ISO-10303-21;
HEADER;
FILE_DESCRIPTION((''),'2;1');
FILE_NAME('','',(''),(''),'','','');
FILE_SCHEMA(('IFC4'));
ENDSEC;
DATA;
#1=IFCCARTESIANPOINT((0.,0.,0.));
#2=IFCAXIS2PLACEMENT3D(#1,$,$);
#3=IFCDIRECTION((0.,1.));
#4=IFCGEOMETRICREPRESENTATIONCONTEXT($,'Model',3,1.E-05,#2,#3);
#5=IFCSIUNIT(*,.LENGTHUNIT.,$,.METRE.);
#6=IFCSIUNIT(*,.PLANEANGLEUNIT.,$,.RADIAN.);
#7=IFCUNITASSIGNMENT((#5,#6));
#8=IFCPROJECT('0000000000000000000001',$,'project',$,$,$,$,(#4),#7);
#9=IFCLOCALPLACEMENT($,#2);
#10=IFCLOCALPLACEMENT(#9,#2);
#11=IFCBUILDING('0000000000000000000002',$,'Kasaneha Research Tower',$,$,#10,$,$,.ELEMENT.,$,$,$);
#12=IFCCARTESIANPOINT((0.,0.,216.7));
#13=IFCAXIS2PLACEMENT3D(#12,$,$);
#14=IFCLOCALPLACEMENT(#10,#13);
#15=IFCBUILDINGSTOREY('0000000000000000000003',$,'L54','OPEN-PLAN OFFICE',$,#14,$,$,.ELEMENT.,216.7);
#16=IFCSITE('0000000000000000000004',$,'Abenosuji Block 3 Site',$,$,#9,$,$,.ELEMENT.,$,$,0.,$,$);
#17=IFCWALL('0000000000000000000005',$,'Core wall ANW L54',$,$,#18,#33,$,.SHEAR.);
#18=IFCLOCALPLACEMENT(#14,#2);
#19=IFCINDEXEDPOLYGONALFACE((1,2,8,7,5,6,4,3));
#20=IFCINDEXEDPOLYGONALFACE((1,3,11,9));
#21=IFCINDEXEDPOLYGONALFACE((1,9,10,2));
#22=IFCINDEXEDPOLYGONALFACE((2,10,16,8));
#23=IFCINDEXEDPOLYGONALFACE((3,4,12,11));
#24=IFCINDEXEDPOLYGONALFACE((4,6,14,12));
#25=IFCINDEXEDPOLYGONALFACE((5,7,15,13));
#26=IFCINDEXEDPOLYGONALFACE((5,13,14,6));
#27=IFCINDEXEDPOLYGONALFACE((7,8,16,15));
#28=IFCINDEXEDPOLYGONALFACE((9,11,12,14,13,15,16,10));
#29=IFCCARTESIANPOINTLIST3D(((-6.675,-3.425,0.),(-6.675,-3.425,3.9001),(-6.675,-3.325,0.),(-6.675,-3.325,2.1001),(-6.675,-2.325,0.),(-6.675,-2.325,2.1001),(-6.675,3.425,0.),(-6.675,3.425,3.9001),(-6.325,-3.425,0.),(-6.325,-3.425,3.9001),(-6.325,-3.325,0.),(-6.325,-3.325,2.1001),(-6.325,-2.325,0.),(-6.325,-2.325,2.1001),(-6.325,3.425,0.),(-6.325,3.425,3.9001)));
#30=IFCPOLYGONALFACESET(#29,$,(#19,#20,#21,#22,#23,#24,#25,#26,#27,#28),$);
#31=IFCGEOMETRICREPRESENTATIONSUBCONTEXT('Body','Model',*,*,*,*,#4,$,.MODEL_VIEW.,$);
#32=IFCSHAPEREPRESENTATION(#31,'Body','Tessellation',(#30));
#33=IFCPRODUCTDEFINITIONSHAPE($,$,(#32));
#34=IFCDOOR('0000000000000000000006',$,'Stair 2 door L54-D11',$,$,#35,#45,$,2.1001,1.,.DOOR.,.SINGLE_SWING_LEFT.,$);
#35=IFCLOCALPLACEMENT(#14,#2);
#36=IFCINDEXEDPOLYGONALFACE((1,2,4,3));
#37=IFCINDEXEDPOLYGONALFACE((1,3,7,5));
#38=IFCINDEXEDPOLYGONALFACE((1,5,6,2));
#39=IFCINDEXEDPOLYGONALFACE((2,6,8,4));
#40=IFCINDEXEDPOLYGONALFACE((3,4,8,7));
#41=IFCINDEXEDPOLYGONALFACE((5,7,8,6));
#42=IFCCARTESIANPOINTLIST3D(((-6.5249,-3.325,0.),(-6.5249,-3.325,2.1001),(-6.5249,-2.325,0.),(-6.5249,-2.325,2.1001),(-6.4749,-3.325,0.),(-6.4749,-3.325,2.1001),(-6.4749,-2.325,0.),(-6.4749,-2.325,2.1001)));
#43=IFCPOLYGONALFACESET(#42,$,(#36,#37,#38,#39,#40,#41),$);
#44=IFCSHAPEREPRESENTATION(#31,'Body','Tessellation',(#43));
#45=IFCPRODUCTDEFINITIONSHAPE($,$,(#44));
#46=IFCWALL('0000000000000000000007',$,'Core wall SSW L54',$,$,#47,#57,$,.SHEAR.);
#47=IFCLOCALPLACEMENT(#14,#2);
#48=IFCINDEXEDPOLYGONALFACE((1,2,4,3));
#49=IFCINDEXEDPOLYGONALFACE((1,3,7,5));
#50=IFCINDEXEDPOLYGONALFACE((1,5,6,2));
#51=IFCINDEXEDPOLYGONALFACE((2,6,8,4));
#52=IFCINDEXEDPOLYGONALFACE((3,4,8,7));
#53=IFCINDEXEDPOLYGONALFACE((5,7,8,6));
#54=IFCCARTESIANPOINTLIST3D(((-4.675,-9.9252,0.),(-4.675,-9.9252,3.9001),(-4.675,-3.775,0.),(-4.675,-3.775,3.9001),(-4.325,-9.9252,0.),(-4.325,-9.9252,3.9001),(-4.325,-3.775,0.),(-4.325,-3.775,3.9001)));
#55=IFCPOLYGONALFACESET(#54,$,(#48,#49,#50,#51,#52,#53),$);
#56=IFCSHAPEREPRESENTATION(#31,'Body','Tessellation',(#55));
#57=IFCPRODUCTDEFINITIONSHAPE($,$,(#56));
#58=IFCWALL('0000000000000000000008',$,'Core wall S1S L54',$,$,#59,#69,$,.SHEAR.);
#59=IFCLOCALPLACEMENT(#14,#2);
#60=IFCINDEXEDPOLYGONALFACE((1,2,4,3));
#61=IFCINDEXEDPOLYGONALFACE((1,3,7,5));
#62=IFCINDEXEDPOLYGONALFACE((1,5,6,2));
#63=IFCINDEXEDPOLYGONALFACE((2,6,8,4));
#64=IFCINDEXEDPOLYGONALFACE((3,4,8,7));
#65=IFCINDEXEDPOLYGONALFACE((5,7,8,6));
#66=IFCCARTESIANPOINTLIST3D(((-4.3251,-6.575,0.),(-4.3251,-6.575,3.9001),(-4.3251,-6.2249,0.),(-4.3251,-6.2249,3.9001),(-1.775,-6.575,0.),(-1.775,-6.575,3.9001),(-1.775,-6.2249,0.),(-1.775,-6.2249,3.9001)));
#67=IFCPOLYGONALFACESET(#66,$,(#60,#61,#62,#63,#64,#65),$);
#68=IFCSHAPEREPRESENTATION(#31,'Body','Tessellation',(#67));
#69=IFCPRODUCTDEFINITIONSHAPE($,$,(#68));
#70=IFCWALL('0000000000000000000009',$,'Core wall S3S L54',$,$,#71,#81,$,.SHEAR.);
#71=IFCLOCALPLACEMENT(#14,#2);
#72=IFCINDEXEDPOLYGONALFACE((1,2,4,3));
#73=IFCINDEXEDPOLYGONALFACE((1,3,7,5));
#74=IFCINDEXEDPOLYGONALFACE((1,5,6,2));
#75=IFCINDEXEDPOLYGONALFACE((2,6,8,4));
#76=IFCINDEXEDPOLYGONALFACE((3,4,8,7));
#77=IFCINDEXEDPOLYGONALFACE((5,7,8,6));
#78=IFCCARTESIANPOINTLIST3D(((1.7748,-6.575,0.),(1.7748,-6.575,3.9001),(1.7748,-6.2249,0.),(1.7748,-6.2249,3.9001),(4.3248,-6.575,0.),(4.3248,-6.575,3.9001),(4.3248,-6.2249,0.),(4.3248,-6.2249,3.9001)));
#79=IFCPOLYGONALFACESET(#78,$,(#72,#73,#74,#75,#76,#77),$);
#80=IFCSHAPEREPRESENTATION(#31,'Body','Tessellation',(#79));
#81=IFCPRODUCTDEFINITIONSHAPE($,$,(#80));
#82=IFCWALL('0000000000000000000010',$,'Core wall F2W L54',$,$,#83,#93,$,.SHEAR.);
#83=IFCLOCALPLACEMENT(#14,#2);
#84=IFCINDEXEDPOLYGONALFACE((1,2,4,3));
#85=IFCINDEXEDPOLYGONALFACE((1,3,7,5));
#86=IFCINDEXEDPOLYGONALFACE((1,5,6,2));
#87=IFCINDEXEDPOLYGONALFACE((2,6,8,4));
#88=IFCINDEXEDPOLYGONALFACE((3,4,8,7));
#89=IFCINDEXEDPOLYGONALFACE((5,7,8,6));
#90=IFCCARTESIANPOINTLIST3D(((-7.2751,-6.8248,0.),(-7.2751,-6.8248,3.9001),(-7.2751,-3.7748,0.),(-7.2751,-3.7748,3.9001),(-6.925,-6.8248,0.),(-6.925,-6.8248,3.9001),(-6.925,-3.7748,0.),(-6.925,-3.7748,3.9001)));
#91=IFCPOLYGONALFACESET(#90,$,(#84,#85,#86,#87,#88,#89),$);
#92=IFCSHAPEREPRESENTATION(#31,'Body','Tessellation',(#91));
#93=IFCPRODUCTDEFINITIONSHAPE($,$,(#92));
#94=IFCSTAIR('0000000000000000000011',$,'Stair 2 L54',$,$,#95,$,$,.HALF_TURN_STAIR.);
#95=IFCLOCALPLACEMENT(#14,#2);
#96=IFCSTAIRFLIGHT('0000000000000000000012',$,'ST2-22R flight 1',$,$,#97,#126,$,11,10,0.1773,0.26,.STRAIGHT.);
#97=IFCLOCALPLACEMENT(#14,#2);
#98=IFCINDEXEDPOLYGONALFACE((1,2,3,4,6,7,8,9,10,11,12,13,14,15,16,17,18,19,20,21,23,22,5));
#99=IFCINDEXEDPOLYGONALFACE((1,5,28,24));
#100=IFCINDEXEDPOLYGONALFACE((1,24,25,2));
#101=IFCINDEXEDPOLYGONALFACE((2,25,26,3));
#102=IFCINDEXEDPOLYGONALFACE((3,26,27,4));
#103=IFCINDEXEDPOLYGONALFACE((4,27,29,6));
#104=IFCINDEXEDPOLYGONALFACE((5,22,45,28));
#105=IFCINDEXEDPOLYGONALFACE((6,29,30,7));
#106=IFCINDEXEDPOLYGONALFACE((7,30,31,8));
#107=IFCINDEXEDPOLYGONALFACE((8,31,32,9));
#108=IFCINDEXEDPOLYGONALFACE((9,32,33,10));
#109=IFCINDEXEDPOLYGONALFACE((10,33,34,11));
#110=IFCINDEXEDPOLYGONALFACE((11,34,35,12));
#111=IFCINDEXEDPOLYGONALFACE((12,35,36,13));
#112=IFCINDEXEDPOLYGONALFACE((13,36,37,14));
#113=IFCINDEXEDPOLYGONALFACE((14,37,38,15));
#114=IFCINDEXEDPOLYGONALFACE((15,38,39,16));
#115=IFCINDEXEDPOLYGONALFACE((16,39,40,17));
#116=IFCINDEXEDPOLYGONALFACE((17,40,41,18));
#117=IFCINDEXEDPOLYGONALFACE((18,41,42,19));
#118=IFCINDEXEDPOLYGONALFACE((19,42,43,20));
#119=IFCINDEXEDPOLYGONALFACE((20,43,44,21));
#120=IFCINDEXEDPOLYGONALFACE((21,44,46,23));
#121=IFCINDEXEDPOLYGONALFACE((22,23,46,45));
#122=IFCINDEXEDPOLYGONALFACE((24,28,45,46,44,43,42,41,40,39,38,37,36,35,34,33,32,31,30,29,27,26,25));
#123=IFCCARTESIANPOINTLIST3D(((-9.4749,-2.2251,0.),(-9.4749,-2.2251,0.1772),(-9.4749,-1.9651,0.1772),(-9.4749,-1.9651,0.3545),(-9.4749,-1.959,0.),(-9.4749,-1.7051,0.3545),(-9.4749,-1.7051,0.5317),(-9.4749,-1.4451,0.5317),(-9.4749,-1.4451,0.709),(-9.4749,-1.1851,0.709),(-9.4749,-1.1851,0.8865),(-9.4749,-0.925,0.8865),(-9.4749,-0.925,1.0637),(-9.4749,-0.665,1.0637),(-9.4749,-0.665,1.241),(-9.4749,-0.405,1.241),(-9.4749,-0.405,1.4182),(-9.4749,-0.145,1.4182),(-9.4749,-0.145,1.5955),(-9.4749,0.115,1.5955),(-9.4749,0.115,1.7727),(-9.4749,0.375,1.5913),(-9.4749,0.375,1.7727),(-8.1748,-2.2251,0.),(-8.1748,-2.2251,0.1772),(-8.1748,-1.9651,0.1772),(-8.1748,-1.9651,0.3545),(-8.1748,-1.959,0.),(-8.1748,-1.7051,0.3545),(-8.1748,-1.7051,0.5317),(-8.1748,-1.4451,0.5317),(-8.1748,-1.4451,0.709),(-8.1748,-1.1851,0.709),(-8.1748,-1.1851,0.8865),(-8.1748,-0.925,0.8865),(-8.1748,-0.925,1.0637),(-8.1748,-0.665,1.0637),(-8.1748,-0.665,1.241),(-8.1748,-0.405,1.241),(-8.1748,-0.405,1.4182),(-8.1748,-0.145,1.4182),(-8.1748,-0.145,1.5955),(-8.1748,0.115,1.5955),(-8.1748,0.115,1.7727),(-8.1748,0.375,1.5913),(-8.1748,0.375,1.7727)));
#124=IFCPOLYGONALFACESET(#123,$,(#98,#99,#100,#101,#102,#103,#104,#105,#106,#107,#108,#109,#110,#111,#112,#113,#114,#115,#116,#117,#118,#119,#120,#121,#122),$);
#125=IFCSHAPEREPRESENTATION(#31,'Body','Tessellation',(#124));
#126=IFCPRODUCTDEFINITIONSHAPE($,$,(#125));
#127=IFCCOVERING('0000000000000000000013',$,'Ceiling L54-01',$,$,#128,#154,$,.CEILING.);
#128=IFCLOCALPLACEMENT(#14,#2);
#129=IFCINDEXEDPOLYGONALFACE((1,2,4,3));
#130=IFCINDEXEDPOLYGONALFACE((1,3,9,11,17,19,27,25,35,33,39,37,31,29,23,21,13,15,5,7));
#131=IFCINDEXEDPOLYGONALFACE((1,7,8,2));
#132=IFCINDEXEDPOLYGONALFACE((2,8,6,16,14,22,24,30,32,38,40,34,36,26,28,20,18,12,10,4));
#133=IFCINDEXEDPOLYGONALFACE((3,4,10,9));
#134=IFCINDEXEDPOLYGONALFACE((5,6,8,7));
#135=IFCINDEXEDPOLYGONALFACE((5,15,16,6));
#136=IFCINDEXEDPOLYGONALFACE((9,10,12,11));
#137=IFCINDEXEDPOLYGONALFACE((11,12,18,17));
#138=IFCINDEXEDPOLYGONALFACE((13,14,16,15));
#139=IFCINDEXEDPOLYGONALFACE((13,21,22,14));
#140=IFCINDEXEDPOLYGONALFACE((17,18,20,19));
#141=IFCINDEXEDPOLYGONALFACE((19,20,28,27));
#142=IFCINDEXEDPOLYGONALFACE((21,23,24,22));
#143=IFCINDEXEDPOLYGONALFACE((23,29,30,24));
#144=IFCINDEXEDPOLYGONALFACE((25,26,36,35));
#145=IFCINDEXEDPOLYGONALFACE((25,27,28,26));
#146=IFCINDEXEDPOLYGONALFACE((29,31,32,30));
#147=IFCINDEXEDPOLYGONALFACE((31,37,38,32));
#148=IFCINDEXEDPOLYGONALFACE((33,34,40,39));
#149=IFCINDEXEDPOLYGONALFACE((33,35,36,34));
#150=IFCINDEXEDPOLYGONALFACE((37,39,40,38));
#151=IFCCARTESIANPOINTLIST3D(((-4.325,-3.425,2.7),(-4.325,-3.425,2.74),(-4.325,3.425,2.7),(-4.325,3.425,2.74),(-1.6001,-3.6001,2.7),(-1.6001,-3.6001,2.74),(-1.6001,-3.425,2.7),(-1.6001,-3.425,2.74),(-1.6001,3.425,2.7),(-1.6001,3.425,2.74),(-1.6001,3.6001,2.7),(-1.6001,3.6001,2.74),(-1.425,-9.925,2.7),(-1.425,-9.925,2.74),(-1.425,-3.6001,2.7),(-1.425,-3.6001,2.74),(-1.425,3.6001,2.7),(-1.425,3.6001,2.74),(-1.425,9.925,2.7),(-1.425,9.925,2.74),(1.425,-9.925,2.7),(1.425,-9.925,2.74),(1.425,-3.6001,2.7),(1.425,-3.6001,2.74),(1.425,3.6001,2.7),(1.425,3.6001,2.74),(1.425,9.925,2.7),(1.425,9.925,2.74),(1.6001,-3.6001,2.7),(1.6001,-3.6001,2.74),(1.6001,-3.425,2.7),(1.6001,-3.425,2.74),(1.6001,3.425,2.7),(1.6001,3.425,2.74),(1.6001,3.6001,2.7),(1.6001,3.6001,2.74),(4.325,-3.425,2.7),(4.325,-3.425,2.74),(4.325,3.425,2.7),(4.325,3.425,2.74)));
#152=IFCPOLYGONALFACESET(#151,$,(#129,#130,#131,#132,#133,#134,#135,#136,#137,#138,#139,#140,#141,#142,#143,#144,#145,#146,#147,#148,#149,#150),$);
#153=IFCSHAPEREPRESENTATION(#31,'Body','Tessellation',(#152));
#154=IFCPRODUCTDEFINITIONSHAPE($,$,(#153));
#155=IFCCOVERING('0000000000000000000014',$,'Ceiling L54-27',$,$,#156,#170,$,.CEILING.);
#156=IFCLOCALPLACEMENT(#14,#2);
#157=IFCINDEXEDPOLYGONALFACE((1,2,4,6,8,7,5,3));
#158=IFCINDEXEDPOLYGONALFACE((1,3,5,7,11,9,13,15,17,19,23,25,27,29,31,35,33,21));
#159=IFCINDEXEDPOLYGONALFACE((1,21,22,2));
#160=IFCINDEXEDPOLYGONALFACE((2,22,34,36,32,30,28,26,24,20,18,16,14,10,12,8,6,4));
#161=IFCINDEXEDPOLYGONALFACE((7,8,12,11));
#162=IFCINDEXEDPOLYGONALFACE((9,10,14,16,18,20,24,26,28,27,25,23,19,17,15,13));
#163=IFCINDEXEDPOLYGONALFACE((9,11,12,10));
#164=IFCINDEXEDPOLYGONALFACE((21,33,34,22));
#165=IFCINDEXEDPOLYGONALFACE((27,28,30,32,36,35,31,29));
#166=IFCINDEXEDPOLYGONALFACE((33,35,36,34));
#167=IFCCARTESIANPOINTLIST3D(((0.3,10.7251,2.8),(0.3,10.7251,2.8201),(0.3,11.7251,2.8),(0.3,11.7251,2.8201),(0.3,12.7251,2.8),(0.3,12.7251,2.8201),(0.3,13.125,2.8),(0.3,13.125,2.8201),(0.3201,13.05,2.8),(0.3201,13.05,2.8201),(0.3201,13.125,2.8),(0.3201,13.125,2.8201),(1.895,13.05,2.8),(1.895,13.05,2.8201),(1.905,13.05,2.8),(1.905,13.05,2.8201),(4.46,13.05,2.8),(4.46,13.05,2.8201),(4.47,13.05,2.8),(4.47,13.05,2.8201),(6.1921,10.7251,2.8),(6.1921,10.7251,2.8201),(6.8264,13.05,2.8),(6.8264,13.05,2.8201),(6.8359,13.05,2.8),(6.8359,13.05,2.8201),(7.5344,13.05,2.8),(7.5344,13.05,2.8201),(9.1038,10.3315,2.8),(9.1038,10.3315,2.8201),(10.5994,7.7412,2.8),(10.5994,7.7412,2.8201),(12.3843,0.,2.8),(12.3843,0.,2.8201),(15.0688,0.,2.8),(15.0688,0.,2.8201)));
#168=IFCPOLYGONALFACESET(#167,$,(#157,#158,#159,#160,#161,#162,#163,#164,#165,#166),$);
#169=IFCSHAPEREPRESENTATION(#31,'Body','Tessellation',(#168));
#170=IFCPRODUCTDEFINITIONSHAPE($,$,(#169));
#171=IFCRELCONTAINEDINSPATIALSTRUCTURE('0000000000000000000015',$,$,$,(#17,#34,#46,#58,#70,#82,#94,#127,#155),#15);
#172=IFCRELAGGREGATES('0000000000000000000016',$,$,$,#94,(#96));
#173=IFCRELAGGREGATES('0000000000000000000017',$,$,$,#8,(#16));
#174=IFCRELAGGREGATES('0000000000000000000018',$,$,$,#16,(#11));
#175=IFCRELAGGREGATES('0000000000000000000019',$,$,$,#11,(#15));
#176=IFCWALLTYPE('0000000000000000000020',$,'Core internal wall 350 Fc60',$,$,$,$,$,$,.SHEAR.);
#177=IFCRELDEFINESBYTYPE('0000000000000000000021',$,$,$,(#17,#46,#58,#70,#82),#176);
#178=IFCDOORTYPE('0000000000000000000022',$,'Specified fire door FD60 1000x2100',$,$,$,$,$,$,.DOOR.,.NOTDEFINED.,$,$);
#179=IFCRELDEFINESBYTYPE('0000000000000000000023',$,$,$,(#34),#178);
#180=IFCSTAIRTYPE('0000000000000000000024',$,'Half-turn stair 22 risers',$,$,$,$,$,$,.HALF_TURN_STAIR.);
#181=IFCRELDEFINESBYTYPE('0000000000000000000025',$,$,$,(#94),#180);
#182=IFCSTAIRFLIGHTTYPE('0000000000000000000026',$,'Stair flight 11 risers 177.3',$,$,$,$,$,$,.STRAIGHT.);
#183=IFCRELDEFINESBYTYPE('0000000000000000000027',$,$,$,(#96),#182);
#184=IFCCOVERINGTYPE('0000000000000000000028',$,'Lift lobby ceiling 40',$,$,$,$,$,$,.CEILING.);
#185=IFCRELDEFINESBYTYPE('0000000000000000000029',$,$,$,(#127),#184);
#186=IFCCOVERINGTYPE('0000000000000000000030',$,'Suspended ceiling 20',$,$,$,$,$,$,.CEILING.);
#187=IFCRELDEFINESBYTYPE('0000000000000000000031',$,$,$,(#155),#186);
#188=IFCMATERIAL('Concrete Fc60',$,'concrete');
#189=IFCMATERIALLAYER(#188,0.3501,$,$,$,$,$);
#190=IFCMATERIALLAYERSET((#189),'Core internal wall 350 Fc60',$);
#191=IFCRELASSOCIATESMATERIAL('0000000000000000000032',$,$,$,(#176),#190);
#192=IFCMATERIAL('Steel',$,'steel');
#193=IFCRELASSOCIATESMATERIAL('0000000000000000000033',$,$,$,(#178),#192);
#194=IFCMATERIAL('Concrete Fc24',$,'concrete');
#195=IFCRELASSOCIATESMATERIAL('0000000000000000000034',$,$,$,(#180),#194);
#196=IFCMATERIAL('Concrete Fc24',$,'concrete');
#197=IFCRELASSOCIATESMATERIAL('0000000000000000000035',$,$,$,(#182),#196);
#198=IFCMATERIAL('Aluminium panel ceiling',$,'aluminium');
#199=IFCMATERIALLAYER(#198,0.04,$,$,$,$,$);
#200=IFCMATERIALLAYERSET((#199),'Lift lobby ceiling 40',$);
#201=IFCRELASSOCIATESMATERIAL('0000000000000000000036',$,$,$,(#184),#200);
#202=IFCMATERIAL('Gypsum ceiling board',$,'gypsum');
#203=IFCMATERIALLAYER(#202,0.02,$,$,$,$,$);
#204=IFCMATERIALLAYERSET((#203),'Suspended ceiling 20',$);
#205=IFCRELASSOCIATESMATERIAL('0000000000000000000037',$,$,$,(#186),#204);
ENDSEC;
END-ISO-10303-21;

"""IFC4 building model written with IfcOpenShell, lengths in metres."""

from ifc_helpers import new_model, si_unit, direction, frame, frame_2d, origin, place, context, subcontext, project, spatial, polyline, rectangle, outline, extrude, material, layer, layer_set, type_object, element, fill, aggregate, save


model = new_model("IFC4")

# Units and contexts
model_context = context("Model", 3, precision=1e-05, world=origin(), true_north=direction((0.0, 1.0)))
body_context = subcontext(model_context, "Body", "Model", "MODEL_VIEW")
ifc_project = project(units=[si_unit("LENGTHUNIT", "METRE"), si_unit("PLANEANGLEUNIT", "RADIAN")], contexts=[model_context])

# Site, building, storey
site_placement = place(None, origin())
site = spatial("IfcSite", under=ifc_project, at=site_placement, Name="Abenosuji Block 3 Site", CompositionType="ELEMENT", RefElevation=0.0)
building_placement = place(site_placement, origin())
building = spatial("IfcBuilding", under=site, at=building_placement, Name="Kasaneha Research Tower", CompositionType="ELEMENT")
storey_placement = place(building_placement, frame((0.0, 0.0, 216.7)))
storey = spatial("IfcBuildingStorey", under=building, at=storey_placement, Name="L54", Description="OPEN-PLAN OFFICE", CompositionType="ELEMENT", Elevation=216.7)

# Wall, opening, door
ifc_material_1 = material(Name="Concrete Fc60", Category="concrete")
ifc_layer_1 = layer(ifc_material_1, 0.3501)
ifc_layer_set_1 = layer_set([ifc_layer_1], Name="Core internal wall 350 Fc60")
wall_type = type_object("IfcWallType", Name="Core internal wall 350 Fc60", PredefinedType="SHEAR", material=ifc_layer_set_1)
ifc_material_2 = material(Name="Steel", Category="steel")
door_type_1 = type_object("IfcDoorType", Name="Specified fire door FD60 1000x2100", OperationType="NOTDEFINED", PredefinedType="DOOR", material=ifc_material_2)
wall_1_placement = place(storey_placement, frame((-6.5, -3.425, 0.0), z_axis=(0.0, 0.0, 1.0), x_axis=(0.0, 1.0, 0.0)))
wall_1 = element("IfcWall", 1, at=wall_1_placement, inside=storey, type_object=wall_type, Name="Core wall ANW L54", PredefinedType="SHEAR", context=body_context, shape_type="SweptSolid", body=[
    extrude(rectangle(XDim=6.8501, YDim=0.3501, at=frame_2d((3.425, 0.0))), origin(), (0.0, 0.0, 1.0), 3.9001),
])
opening_1_placement = place(wall_1_placement, frame((0.1001, 0.0, 0.0)))
opening_1 = element("IfcOpeningElement", 2, at=opening_1_placement, cuts=wall_1, PredefinedType="OPENING", context=body_context, shape_type="SweptSolid", body=[
    extrude(rectangle(XDim=1.0, YDim=2.1001, at=frame_2d((0.5, 1.05))), frame((0.0, 0.1851, 0.0), z_axis=(0.0, -1.0, 0.0), x_axis=(1.0, 0.0, 0.0)), (0.0, 0.0, 1.0), 0.3701),
])
door_1_placement = place(opening_1_placement, origin())
door_1 = element("IfcDoor", 3, at=door_1_placement, inside=storey, type_object=door_type_1, Name="Stair 2 door L54-D11", OperationType="SINGLE_SWING_LEFT", OverallHeight=2.1001, OverallWidth=1.0, PredefinedType="DOOR", context=body_context, shape_type="SweptSolid", body=[
    extrude(rectangle(XDim=1.0, YDim=2.1001, at=frame_2d((0.5, 1.05))), frame((0.0, 0.0249, 0.0), z_axis=(0.0, -1.0, 0.0), x_axis=(1.0, 0.0, 0.0)), (0.0, 0.0, 1.0), 0.05),
])
fill(opening_1, door_1)

# Walls
wall_2_placement = place(storey_placement, frame((-4.5, -3.7749, 0.0), z_axis=(0.0, 0.0, 1.0), x_axis=(0.0, -1.0, 0.0)))
element("IfcWall", 4, at=wall_2_placement, inside=storey, type_object=wall_type, Name="Core wall SSW L54", PredefinedType="SHEAR", context=body_context, shape_type="SweptSolid", body=[
    extrude(rectangle(XDim=6.1501, YDim=0.3501, at=frame_2d((3.0752, 0.0))), origin(), (0.0, 0.0, 1.0), 3.9001),
])
for number, where, z_axis, x_axis, name in (
    (5, (-4.325, -6.3999, 0.0), (0.0, 0.0, 1.0), (1.0, 0.0, 0.0), "Core wall S1S L54"),
    (6, (1.7749, -6.3999, 0.0), (0.0, 0.0, 1.0), (1.0, 0.0, 0.0), "Core wall S3S L54"),
):
    element("IfcWall", number, at=place(storey_placement, frame(where, z_axis=z_axis, x_axis=x_axis)), inside=storey, type_object=wall_type, Name=name, PredefinedType="SHEAR", context=body_context, shape_type="SweptSolid", body=[
        extrude(rectangle(XDim=2.55, YDim=0.3501, at=frame_2d((1.2749, 0.0))), origin(), (0.0, 0.0, 1.0), 3.9001),
    ])
wall_3_placement = place(storey_placement, frame((-7.1001, -3.7749, 0.0), z_axis=(0.0, 0.0, 1.0), x_axis=(0.0, -1.0, 0.0)))
element("IfcWall", 7, at=wall_3_placement, inside=storey, type_object=wall_type, Name="Core wall F2W L54", PredefinedType="SHEAR", context=body_context, shape_type="SweptSolid", body=[
    extrude(rectangle(XDim=3.05, YDim=0.3501, at=frame_2d((1.5249, 0.0))), origin(), (0.0, 0.0, 1.0), 3.9001),
])

# Stair, stair flight
ifc_material_3 = material(Name="Concrete Fc24", Category="concrete")
stair_type = type_object("IfcStairType", Name="Half-turn stair 22 risers", PredefinedType="HALF_TURN_STAIR", material=ifc_material_3)
stair_placement = place(storey_placement, origin())
stair = element("IfcStair", 8, at=stair_placement, inside=storey, type_object=stair_type, Name="Stair 2 L54", PredefinedType="HALF_TURN_STAIR")
ifc_material_4 = material(Name="Concrete Fc24", Category="concrete")
stair_flight_type = type_object("IfcStairFlightType", Name="Stair flight 11 risers 177.3", PredefinedType="STRAIGHT", material=ifc_material_4)
stair_flight_placement = place(storey_placement, frame((-8.825, -2.2251, 0.0), z_axis=(0.0, 0.0, 1.0), x_axis=(0.0, 1.0, 0.0)))
stair_flight = element("IfcStairFlight", 9, at=stair_flight_placement, type_object=stair_flight_type, Name="ST2-22R flight 1", NumberOfRisers=11, NumberOfTreads=10, PredefinedType="STRAIGHT", RiserHeight=0.1773, TreadLength=0.26, context=body_context, shape_type="SweptSolid", body=[
    extrude(outline(polyline([(0.0, 0.0), (0.0, 0.1772), (0.26, 0.1772), (0.26, 0.3545), (0.52, 0.3545), (0.52, 0.5317), (0.78, 0.5317), (0.78, 0.709), (1.04, 0.709), (1.04, 0.8865), (1.3, 0.8865), (1.3, 1.0637), (1.5601, 1.0637), (1.5601, 1.241), (1.8201, 1.241), (1.8201, 1.4182), (2.0801, 1.4182), (2.0801, 1.5955), (2.3401, 1.5955), (2.3401, 1.7727), (2.6001, 1.7727), (2.6001, 1.95), (2.6001, 1.5913), (0.2661, 0.0), (0.0, 0.0)])), frame((0.0, 0.6499, 0.0), z_axis=(0.0, -1.0, 0.0), x_axis=(1.0, 0.0, 0.0)), (0.0, 0.0, 1.0), 1.3),
])
aggregate(stair, [stair_flight])

# Coverings
ifc_material_5 = material(Name="Aluminium panel ceiling", Category="aluminium")
ifc_layer_2 = layer(ifc_material_5, 0.04)
ifc_layer_set_2 = layer_set([ifc_layer_2], Name="Lift lobby ceiling 40")
covering_type_1 = type_object("IfcCoveringType", Name="Lift lobby ceiling 40", PredefinedType="CEILING", material=ifc_layer_set_2)
covering_1_placement = place(storey_placement, frame((0.0, 0.0, 2.7)))
element("IfcCovering", 10, at=covering_1_placement, inside=storey, type_object=covering_type_1, Name="Ceiling L54-01", PredefinedType="CEILING", context=body_context, shape_type="SweptSolid", body=[
    extrude(outline(polyline([(1.425, 9.925), (1.425, 3.6001), (1.6001, 3.6001), (1.6001, 3.425), (4.325, 3.425), (4.325, -3.425), (1.6001, -3.425), (1.6001, -3.6001), (1.425, -3.6001), (1.425, -9.925), (-1.425, -9.925), (-1.425, -3.6001), (-1.6001, -3.6001), (-1.6001, -3.425), (-4.325, -3.425), (-4.325, 3.425), (-1.6001, 3.425), (-1.6001, 3.6001), (-1.425, 3.6001), (-1.425, 9.925), (1.425, 9.925)])), origin(), (0.0, 0.0, 1.0), 0.04),
])
ifc_material_6 = material(Name="Gypsum ceiling board", Category="gypsum")
ifc_layer_3 = layer(ifc_material_6, 0.02)
ifc_layer_set_3 = layer_set([ifc_layer_3], Name="Suspended ceiling 20")
covering_type_2 = type_object("IfcCoveringType", Name="Suspended ceiling 20", PredefinedType="CEILING", material=ifc_layer_set_3)
covering_2_placement = place(storey_placement, frame((0.0, 0.0, 2.8)))
element("IfcCovering", 11, at=covering_2_placement, inside=storey, type_object=covering_type_2, Name="Ceiling L54-27", PredefinedType="CEILING", context=body_context, shape_type="SweptSolid", body=[
    extrude(outline(polyline([(6.1921, 10.7251), (0.3, 10.7251), (0.3, 11.7251), (0.3, 12.7251), (0.3, 13.125), (0.3201, 13.125), (0.3201, 13.05), (1.895, 13.05), (1.905, 13.05), (4.46, 13.05), (4.47, 13.05), (6.8264, 13.05), (6.8359, 13.05), (7.5344, 13.05), (9.1038, 10.3315), (9.1038, 10.3315), (10.5994, 7.7412), (10.5994, 7.7412), (15.0688, 0.0), (12.3843, 0.0), (6.1921, 10.7251)])), origin(), (0.0, 0.0, 1.0), 0.02),
])

save(model, "model.ifc")
